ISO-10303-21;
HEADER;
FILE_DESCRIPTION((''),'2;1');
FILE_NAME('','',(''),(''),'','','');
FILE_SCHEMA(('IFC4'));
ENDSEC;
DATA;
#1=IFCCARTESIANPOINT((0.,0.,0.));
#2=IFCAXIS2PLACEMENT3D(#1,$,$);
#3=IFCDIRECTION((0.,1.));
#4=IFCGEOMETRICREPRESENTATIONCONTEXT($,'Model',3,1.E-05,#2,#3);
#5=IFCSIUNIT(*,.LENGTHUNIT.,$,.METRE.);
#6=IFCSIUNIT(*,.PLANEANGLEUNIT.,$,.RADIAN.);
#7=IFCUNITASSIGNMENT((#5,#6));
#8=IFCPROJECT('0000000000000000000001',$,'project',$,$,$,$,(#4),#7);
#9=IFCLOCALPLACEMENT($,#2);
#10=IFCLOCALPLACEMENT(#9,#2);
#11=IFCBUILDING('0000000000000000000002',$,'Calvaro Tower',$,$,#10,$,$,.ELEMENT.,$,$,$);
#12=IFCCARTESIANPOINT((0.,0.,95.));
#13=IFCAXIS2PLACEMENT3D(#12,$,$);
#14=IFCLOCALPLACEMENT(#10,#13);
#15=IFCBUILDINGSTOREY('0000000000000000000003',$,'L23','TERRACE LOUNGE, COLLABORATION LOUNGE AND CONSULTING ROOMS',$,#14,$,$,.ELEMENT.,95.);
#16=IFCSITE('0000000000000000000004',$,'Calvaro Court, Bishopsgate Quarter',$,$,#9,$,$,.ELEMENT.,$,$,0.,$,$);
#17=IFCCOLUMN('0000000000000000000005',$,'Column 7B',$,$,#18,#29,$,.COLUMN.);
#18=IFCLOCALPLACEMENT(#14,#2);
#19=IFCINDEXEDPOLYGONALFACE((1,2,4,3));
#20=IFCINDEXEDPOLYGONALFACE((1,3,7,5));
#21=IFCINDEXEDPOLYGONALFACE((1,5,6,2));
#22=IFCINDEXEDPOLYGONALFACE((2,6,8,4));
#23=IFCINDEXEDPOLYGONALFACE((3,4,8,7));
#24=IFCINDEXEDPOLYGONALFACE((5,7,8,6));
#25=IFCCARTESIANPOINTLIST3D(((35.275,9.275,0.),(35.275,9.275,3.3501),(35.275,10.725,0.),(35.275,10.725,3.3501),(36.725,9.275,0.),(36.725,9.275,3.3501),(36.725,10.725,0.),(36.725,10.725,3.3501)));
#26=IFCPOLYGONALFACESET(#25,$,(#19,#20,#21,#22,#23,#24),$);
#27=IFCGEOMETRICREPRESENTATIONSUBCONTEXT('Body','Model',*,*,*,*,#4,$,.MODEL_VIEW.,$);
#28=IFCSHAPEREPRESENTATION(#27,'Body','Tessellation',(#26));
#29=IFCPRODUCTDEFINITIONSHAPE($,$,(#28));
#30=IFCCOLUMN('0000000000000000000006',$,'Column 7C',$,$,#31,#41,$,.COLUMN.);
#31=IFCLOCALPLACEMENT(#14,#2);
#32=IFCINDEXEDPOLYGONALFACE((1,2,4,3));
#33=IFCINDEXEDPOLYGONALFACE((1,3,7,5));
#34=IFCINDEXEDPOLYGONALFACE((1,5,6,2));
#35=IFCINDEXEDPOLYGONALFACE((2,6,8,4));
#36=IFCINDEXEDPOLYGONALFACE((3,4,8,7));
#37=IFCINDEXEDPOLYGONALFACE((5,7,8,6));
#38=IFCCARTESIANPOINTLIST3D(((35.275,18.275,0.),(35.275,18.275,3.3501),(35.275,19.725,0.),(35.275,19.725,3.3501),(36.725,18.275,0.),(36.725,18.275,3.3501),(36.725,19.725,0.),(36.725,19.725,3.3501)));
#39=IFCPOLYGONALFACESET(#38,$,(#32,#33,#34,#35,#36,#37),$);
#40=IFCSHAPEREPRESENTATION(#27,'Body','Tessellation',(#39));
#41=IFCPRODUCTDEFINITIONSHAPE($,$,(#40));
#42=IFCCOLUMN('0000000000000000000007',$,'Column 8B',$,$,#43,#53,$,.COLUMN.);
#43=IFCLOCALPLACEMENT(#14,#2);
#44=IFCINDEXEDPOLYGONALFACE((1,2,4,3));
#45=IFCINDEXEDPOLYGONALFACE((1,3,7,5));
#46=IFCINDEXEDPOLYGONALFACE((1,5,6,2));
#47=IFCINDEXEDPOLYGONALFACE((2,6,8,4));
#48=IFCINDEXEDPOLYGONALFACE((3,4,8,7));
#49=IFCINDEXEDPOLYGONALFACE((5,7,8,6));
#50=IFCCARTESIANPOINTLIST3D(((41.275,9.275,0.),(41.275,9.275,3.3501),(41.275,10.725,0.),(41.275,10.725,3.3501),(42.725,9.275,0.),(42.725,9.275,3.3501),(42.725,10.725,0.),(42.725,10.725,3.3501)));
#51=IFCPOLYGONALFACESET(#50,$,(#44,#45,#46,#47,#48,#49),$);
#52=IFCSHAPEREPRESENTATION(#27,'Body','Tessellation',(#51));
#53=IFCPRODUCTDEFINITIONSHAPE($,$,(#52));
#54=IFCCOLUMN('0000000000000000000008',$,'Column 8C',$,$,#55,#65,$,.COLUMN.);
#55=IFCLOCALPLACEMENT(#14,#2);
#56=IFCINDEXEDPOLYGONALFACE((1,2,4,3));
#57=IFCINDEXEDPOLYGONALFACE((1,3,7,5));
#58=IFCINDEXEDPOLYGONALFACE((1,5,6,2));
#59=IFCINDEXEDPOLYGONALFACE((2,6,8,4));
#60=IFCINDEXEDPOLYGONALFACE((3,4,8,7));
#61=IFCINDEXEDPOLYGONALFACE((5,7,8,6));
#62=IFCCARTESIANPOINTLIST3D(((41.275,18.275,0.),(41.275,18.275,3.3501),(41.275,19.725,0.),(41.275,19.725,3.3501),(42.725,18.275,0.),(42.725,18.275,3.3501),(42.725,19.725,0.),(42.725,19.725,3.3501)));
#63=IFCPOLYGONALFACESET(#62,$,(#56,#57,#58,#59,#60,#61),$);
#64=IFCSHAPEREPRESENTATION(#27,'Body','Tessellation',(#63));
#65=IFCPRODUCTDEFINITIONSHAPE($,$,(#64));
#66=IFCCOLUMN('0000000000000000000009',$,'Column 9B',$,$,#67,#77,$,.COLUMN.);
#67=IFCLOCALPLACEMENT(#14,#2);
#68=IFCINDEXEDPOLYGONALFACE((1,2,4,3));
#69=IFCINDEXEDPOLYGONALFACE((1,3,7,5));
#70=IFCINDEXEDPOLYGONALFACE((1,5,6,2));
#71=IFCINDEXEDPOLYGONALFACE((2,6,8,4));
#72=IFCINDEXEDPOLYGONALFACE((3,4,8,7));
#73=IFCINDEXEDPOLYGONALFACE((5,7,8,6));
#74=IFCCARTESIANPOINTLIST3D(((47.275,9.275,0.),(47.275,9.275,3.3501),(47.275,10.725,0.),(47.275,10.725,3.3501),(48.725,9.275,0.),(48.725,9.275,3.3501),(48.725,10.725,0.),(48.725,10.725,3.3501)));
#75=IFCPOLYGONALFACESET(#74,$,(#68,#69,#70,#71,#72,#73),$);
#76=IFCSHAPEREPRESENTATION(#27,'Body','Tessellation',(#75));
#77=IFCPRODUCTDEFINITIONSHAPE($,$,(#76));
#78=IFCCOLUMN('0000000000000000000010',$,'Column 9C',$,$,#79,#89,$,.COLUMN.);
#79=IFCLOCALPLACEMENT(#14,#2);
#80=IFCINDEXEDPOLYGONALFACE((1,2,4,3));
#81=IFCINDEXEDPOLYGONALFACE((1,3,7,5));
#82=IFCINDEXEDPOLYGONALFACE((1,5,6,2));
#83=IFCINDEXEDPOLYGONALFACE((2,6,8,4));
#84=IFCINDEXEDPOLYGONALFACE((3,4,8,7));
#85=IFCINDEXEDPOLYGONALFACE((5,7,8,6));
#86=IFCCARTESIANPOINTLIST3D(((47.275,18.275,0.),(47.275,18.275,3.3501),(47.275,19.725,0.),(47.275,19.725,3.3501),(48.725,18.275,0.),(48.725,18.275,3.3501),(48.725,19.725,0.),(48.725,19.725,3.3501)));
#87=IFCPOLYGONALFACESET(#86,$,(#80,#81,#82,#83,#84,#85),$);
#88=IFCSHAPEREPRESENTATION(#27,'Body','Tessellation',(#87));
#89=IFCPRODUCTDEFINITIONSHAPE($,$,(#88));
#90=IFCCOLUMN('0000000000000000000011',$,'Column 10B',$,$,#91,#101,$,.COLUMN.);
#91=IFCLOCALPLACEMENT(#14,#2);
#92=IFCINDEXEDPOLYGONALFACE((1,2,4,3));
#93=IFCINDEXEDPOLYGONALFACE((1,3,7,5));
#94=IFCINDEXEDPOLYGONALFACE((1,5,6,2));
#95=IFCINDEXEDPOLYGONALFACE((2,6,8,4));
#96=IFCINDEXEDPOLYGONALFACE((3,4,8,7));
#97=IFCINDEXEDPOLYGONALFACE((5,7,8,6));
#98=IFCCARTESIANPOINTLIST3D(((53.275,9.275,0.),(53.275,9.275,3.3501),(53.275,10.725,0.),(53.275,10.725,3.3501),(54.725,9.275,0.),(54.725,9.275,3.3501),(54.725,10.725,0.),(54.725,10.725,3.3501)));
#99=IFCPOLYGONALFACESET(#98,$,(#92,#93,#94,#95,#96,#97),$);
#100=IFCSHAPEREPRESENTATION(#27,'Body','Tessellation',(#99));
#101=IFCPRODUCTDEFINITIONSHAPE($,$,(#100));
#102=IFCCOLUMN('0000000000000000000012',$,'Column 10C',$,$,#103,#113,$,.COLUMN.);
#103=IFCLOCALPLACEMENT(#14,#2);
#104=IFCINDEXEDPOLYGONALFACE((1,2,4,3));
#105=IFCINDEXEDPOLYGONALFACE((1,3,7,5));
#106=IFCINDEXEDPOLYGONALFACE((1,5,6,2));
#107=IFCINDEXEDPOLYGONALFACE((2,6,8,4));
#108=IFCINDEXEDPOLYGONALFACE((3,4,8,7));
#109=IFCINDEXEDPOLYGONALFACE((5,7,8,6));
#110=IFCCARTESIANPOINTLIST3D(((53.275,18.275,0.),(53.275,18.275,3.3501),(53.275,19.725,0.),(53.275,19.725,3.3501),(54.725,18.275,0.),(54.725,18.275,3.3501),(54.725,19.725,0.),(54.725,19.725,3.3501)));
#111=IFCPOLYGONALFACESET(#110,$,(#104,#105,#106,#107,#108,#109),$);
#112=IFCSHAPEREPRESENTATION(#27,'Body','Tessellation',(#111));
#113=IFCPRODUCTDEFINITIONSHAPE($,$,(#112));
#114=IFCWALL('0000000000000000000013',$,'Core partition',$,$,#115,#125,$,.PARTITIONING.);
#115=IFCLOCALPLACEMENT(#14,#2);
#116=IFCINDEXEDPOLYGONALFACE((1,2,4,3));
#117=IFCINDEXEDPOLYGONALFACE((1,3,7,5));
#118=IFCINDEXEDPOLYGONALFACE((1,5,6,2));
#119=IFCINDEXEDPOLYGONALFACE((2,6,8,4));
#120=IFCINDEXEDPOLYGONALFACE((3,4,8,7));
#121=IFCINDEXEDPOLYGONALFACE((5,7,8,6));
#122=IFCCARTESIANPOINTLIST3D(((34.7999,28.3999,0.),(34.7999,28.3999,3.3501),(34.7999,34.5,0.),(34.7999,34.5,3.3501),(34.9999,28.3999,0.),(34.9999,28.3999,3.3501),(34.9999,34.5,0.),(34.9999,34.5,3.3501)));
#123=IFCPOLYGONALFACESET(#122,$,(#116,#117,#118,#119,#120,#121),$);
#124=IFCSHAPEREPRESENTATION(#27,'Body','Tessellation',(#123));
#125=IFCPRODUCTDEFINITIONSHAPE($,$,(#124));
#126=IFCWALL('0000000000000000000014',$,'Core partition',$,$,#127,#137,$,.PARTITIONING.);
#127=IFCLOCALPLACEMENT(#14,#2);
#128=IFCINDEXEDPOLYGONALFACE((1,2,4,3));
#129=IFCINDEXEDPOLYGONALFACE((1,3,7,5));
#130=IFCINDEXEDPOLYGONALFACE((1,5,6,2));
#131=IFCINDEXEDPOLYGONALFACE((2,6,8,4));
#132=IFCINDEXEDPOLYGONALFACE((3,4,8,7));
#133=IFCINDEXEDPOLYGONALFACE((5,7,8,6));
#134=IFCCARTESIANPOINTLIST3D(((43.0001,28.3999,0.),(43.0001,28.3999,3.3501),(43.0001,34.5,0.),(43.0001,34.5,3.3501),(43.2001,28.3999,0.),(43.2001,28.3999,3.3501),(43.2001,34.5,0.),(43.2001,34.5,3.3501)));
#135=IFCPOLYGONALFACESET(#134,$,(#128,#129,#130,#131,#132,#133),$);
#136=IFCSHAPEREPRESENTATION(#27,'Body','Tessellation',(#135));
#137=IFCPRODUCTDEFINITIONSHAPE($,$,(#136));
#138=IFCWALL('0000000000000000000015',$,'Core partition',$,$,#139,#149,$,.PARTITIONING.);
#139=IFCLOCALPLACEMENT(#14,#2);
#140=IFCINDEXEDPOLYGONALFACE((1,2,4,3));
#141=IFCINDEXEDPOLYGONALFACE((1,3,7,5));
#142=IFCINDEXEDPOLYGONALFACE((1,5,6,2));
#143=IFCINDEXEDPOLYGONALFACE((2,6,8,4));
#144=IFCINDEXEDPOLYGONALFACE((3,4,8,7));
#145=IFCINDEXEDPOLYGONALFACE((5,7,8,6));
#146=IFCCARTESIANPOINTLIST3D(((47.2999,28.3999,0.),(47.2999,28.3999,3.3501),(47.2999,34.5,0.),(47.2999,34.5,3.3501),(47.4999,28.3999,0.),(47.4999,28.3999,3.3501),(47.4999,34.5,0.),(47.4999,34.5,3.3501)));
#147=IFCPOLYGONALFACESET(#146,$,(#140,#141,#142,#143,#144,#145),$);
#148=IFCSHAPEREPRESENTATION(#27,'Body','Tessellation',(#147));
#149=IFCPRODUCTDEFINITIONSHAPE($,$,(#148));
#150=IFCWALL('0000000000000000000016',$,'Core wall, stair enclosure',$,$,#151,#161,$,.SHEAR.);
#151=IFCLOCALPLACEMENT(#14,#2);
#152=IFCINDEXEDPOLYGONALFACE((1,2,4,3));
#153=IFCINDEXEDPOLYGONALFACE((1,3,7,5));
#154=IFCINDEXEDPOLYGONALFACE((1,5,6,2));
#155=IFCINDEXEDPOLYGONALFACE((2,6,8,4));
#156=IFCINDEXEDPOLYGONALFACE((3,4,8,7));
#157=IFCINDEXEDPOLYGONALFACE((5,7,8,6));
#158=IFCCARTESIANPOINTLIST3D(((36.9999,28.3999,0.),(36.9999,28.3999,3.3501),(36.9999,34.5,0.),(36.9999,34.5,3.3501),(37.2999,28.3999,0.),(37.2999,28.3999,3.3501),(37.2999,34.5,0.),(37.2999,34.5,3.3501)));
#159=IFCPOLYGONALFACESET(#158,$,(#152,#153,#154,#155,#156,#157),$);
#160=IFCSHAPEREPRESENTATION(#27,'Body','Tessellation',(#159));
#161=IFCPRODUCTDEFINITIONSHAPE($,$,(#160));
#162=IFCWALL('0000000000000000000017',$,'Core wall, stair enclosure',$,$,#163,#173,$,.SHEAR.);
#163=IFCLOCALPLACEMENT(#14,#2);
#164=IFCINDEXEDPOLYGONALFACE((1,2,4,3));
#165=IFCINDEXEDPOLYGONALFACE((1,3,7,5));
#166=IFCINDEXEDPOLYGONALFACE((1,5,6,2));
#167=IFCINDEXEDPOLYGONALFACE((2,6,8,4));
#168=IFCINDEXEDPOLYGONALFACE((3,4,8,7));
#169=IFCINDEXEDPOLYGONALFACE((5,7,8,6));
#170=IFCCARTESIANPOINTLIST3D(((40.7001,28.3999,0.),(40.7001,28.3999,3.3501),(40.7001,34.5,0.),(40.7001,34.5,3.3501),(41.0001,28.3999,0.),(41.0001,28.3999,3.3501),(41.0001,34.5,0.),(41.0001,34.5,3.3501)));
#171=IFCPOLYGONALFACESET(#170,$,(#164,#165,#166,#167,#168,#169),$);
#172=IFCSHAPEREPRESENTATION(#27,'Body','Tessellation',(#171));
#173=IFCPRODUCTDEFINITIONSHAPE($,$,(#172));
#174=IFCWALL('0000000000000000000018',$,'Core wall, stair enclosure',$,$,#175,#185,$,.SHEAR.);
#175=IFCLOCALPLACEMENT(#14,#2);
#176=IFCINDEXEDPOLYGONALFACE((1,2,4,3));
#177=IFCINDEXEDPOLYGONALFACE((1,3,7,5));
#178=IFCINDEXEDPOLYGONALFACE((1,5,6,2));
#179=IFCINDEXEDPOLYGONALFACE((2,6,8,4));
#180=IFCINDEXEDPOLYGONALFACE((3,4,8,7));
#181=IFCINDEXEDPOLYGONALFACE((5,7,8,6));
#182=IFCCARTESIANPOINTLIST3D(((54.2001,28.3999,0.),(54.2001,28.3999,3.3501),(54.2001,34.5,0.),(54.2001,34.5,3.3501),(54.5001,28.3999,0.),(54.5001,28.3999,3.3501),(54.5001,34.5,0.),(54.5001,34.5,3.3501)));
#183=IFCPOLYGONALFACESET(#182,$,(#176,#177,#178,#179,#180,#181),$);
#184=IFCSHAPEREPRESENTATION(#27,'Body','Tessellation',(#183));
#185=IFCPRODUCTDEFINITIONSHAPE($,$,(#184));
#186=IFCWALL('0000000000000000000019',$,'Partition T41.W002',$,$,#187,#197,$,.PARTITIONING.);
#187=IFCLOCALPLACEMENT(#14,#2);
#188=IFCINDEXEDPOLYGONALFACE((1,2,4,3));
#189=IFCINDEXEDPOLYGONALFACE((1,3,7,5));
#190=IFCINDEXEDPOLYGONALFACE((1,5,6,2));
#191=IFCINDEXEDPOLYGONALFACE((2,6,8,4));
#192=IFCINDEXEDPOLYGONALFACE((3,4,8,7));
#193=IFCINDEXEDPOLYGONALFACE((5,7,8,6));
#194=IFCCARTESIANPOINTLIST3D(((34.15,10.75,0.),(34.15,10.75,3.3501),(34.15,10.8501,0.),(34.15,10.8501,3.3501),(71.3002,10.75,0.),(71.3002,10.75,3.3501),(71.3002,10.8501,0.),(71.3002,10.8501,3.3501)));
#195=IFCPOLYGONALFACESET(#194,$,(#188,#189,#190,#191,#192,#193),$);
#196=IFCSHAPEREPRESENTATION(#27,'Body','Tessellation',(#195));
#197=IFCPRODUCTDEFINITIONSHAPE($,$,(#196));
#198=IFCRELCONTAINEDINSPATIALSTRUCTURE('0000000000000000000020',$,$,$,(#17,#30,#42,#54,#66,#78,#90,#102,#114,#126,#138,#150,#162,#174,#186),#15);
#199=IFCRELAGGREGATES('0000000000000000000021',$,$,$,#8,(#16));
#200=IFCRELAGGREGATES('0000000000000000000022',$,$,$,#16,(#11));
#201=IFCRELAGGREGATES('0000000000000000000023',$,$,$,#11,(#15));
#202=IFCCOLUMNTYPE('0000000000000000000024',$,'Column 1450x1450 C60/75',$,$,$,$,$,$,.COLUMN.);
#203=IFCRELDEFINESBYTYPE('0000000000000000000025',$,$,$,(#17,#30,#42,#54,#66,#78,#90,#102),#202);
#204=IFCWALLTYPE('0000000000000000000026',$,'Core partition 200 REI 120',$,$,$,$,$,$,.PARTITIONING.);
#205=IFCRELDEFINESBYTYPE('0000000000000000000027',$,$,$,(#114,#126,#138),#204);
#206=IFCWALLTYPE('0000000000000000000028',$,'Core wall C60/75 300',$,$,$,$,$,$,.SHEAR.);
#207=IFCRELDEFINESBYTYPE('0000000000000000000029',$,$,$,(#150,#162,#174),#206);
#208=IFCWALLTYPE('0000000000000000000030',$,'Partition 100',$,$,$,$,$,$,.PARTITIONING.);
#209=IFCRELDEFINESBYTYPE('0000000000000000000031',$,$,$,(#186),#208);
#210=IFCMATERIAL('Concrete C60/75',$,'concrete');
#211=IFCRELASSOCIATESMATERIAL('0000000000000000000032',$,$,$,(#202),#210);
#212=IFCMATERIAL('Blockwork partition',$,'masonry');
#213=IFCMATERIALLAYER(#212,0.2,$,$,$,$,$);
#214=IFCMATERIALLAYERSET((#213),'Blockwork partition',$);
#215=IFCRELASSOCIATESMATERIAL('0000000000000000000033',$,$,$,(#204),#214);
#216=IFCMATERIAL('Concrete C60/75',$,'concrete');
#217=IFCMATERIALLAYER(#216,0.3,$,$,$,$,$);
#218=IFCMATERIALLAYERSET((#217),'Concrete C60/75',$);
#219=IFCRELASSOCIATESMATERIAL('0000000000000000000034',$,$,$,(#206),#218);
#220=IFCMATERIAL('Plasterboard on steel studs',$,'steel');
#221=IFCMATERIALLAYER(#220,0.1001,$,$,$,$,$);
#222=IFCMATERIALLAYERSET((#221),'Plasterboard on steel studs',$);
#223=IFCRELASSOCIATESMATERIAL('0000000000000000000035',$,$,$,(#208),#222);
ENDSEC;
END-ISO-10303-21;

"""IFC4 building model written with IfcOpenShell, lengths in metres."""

from ifc_helpers import new_model, si_unit, direction, frame, frame_2d, origin, origin_2d, place, context, subcontext, project, spatial, rectangle, extrude, material, layer, layer_set, material_profile, profile_set, type_object, element, save


model = new_model("IFC4")

# Units and contexts
model_context = context("Model", 3, precision=1e-05, world=origin(), true_north=direction((0.0, 1.0)))
body_context = subcontext(model_context, "Body", "Model", "MODEL_VIEW")
ifc_project = project(units=[si_unit("LENGTHUNIT", "METRE"), si_unit("PLANEANGLEUNIT", "RADIAN")], contexts=[model_context])

# Site, building, storey
site_placement = place(None, origin())
site = spatial("IfcSite", under=ifc_project, at=site_placement, Name="Calvaro Court, Bishopsgate Quarter", CompositionType="ELEMENT", RefElevation=0.0)
building_placement = place(site_placement, origin())
building = spatial("IfcBuilding", under=site, at=building_placement, Name="Calvaro Tower", CompositionType="ELEMENT")
storey_placement = place(building_placement, frame((0.0, 0.0, 95.0)))
storey = spatial("IfcBuildingStorey", under=building, at=storey_placement, Name="L23", Description="TERRACE LOUNGE, COLLABORATION LOUNGE AND CONSULTING ROOMS", CompositionType="ELEMENT", Elevation=95.0)

# Columns
ifc_material_1 = material(Name="Concrete C60/75", Category="concrete")
ifc_material_profile = material_profile(ifc_material_1, rectangle(XDim=1.45, YDim=1.45, at=origin_2d()), Name="RC 1450x1450")
ifc_profile_set = profile_set([ifc_material_profile], Name="Concrete C60/75")
column_type = type_object("IfcColumnType", Name="Column 1450x1450 C60/75", PredefinedType="COLUMN", material=ifc_profile_set)
for number, where, z_axis, x_axis, name in (
    (1, (36.0, 10.0, 0.0), (0.0, 0.0, 1.0), (1.0, 0.0, 0.0), "Column 7B"),
    (2, (36.0, 19.0, 0.0), (0.0, 0.0, 1.0), (1.0, 0.0, 0.0), "Column 7C"),
    (3, (42.0, 10.0, 0.0), (0.0, 0.0, 1.0), (1.0, 0.0, 0.0), "Column 8B"),
    (4, (42.0, 19.0, 0.0), (0.0, 0.0, 1.0), (1.0, 0.0, 0.0), "Column 8C"),
    (5, (48.0, 10.0, 0.0), (0.0, 0.0, 1.0), (1.0, 0.0, 0.0), "Column 9B"),
    (6, (48.0, 19.0, 0.0), (0.0, 0.0, 1.0), (1.0, 0.0, 0.0), "Column 9C"),
    (7, (54.0, 10.0, 0.0), (0.0, 0.0, 1.0), (1.0, 0.0, 0.0), "Column 10B"),
    (8, (54.0, 19.0, 0.0), (0.0, 0.0, 1.0), (1.0, 0.0, 0.0), "Column 10C"),
):
    element("IfcColumn", number, at=place(storey_placement, frame(where, z_axis=z_axis, x_axis=x_axis)), inside=storey, type_object=column_type, Name=name, PredefinedType="COLUMN", context=body_context, shape_type="SweptSolid", body=[
        extrude(rectangle(XDim=1.45, YDim=1.45, at=origin_2d()), origin(), (0.0, 0.0, 1.0), 3.3501),
    ])

# Walls
ifc_material_2 = material(Name="Blockwork partition", Category="masonry")
ifc_layer_1 = layer(ifc_material_2, 0.2)
ifc_layer_set_1 = layer_set([ifc_layer_1], Name="Blockwork partition")
wall_type_1 = type_object("IfcWallType", Name="Core partition 200 REI 120", PredefinedType="PARTITIONING", material=ifc_layer_set_1)
for number, where, z_axis, x_axis, name in (
    (9, (34.8999, 28.3999, 0.0), (0.0, 0.0, 1.0), (0.0, 1.0, 0.0), "Core partition"),
    (10, (43.1001, 28.3999, 0.0), (0.0, 0.0, 1.0), (0.0, 1.0, 0.0), "Core partition"),
    (11, (47.3999, 28.3999, 0.0), (0.0, 0.0, 1.0), (0.0, 1.0, 0.0), "Core partition"),
):
    element("IfcWall", number, at=place(storey_placement, frame(where, z_axis=z_axis, x_axis=x_axis)), inside=storey, type_object=wall_type_1, Name=name, PredefinedType="PARTITIONING", context=body_context, shape_type="SweptSolid", body=[
        extrude(rectangle(XDim=6.1001, YDim=0.2, at=frame_2d((3.05, 0.0))), origin(), (0.0, 0.0, 1.0), 3.3501),
    ])
ifc_material_3 = material(Name="Concrete C60/75", Category="concrete")
ifc_layer_2 = layer(ifc_material_3, 0.3)
ifc_layer_set_2 = layer_set([ifc_layer_2], Name="Concrete C60/75")
wall_type_2 = type_object("IfcWallType", Name="Core wall C60/75 300", PredefinedType="SHEAR", material=ifc_layer_set_2)
for number, where, z_axis, x_axis, name in (
    (12, (37.1499, 28.3999, 0.0), (0.0, 0.0, 1.0), (0.0, 1.0, 0.0), "Core wall, stair enclosure"),
    (13, (40.8501, 28.3999, 0.0), (0.0, 0.0, 1.0), (0.0, 1.0, 0.0), "Core wall, stair enclosure"),
    (14, (54.3501, 28.3999, 0.0), (0.0, 0.0, 1.0), (0.0, 1.0, 0.0), "Core wall, stair enclosure"),
):
    element("IfcWall", number, at=place(storey_placement, frame(where, z_axis=z_axis, x_axis=x_axis)), inside=storey, type_object=wall_type_2, Name=name, PredefinedType="SHEAR", context=body_context, shape_type="SweptSolid", body=[
        extrude(rectangle(XDim=6.1001, YDim=0.3, at=frame_2d((3.05, 0.0))), origin(), (0.0, 0.0, 1.0), 3.3501),
    ])

# Wall
ifc_material_4 = material(Name="Plasterboard on steel studs", Category="steel")
ifc_layer_3 = layer(ifc_material_4, 0.1001)
ifc_layer_set_3 = layer_set([ifc_layer_3], Name="Plasterboard on steel studs")
wall_type_3 = type_object("IfcWallType", Name="Partition 100", PredefinedType="PARTITIONING", material=ifc_layer_set_3)
wall_1_placement = place(storey_placement, frame((34.1499, 10.8, 0.0), z_axis=(0.0, 0.0, 1.0), x_axis=(1.0, 0.0, 0.0)))
element("IfcWall", 15, at=wall_1_placement, inside=storey, type_object=wall_type_3, Name="Partition T41.W002", PredefinedType="PARTITIONING", context=body_context, shape_type="SweptSolid", body=[
    extrude(rectangle(XDim=37.1501, YDim=0.1001, at=frame_2d((18.5752, 0.0))), origin(), (0.0, 0.0, 1.0), 3.3501),
])

save(model, "model.ifc")
